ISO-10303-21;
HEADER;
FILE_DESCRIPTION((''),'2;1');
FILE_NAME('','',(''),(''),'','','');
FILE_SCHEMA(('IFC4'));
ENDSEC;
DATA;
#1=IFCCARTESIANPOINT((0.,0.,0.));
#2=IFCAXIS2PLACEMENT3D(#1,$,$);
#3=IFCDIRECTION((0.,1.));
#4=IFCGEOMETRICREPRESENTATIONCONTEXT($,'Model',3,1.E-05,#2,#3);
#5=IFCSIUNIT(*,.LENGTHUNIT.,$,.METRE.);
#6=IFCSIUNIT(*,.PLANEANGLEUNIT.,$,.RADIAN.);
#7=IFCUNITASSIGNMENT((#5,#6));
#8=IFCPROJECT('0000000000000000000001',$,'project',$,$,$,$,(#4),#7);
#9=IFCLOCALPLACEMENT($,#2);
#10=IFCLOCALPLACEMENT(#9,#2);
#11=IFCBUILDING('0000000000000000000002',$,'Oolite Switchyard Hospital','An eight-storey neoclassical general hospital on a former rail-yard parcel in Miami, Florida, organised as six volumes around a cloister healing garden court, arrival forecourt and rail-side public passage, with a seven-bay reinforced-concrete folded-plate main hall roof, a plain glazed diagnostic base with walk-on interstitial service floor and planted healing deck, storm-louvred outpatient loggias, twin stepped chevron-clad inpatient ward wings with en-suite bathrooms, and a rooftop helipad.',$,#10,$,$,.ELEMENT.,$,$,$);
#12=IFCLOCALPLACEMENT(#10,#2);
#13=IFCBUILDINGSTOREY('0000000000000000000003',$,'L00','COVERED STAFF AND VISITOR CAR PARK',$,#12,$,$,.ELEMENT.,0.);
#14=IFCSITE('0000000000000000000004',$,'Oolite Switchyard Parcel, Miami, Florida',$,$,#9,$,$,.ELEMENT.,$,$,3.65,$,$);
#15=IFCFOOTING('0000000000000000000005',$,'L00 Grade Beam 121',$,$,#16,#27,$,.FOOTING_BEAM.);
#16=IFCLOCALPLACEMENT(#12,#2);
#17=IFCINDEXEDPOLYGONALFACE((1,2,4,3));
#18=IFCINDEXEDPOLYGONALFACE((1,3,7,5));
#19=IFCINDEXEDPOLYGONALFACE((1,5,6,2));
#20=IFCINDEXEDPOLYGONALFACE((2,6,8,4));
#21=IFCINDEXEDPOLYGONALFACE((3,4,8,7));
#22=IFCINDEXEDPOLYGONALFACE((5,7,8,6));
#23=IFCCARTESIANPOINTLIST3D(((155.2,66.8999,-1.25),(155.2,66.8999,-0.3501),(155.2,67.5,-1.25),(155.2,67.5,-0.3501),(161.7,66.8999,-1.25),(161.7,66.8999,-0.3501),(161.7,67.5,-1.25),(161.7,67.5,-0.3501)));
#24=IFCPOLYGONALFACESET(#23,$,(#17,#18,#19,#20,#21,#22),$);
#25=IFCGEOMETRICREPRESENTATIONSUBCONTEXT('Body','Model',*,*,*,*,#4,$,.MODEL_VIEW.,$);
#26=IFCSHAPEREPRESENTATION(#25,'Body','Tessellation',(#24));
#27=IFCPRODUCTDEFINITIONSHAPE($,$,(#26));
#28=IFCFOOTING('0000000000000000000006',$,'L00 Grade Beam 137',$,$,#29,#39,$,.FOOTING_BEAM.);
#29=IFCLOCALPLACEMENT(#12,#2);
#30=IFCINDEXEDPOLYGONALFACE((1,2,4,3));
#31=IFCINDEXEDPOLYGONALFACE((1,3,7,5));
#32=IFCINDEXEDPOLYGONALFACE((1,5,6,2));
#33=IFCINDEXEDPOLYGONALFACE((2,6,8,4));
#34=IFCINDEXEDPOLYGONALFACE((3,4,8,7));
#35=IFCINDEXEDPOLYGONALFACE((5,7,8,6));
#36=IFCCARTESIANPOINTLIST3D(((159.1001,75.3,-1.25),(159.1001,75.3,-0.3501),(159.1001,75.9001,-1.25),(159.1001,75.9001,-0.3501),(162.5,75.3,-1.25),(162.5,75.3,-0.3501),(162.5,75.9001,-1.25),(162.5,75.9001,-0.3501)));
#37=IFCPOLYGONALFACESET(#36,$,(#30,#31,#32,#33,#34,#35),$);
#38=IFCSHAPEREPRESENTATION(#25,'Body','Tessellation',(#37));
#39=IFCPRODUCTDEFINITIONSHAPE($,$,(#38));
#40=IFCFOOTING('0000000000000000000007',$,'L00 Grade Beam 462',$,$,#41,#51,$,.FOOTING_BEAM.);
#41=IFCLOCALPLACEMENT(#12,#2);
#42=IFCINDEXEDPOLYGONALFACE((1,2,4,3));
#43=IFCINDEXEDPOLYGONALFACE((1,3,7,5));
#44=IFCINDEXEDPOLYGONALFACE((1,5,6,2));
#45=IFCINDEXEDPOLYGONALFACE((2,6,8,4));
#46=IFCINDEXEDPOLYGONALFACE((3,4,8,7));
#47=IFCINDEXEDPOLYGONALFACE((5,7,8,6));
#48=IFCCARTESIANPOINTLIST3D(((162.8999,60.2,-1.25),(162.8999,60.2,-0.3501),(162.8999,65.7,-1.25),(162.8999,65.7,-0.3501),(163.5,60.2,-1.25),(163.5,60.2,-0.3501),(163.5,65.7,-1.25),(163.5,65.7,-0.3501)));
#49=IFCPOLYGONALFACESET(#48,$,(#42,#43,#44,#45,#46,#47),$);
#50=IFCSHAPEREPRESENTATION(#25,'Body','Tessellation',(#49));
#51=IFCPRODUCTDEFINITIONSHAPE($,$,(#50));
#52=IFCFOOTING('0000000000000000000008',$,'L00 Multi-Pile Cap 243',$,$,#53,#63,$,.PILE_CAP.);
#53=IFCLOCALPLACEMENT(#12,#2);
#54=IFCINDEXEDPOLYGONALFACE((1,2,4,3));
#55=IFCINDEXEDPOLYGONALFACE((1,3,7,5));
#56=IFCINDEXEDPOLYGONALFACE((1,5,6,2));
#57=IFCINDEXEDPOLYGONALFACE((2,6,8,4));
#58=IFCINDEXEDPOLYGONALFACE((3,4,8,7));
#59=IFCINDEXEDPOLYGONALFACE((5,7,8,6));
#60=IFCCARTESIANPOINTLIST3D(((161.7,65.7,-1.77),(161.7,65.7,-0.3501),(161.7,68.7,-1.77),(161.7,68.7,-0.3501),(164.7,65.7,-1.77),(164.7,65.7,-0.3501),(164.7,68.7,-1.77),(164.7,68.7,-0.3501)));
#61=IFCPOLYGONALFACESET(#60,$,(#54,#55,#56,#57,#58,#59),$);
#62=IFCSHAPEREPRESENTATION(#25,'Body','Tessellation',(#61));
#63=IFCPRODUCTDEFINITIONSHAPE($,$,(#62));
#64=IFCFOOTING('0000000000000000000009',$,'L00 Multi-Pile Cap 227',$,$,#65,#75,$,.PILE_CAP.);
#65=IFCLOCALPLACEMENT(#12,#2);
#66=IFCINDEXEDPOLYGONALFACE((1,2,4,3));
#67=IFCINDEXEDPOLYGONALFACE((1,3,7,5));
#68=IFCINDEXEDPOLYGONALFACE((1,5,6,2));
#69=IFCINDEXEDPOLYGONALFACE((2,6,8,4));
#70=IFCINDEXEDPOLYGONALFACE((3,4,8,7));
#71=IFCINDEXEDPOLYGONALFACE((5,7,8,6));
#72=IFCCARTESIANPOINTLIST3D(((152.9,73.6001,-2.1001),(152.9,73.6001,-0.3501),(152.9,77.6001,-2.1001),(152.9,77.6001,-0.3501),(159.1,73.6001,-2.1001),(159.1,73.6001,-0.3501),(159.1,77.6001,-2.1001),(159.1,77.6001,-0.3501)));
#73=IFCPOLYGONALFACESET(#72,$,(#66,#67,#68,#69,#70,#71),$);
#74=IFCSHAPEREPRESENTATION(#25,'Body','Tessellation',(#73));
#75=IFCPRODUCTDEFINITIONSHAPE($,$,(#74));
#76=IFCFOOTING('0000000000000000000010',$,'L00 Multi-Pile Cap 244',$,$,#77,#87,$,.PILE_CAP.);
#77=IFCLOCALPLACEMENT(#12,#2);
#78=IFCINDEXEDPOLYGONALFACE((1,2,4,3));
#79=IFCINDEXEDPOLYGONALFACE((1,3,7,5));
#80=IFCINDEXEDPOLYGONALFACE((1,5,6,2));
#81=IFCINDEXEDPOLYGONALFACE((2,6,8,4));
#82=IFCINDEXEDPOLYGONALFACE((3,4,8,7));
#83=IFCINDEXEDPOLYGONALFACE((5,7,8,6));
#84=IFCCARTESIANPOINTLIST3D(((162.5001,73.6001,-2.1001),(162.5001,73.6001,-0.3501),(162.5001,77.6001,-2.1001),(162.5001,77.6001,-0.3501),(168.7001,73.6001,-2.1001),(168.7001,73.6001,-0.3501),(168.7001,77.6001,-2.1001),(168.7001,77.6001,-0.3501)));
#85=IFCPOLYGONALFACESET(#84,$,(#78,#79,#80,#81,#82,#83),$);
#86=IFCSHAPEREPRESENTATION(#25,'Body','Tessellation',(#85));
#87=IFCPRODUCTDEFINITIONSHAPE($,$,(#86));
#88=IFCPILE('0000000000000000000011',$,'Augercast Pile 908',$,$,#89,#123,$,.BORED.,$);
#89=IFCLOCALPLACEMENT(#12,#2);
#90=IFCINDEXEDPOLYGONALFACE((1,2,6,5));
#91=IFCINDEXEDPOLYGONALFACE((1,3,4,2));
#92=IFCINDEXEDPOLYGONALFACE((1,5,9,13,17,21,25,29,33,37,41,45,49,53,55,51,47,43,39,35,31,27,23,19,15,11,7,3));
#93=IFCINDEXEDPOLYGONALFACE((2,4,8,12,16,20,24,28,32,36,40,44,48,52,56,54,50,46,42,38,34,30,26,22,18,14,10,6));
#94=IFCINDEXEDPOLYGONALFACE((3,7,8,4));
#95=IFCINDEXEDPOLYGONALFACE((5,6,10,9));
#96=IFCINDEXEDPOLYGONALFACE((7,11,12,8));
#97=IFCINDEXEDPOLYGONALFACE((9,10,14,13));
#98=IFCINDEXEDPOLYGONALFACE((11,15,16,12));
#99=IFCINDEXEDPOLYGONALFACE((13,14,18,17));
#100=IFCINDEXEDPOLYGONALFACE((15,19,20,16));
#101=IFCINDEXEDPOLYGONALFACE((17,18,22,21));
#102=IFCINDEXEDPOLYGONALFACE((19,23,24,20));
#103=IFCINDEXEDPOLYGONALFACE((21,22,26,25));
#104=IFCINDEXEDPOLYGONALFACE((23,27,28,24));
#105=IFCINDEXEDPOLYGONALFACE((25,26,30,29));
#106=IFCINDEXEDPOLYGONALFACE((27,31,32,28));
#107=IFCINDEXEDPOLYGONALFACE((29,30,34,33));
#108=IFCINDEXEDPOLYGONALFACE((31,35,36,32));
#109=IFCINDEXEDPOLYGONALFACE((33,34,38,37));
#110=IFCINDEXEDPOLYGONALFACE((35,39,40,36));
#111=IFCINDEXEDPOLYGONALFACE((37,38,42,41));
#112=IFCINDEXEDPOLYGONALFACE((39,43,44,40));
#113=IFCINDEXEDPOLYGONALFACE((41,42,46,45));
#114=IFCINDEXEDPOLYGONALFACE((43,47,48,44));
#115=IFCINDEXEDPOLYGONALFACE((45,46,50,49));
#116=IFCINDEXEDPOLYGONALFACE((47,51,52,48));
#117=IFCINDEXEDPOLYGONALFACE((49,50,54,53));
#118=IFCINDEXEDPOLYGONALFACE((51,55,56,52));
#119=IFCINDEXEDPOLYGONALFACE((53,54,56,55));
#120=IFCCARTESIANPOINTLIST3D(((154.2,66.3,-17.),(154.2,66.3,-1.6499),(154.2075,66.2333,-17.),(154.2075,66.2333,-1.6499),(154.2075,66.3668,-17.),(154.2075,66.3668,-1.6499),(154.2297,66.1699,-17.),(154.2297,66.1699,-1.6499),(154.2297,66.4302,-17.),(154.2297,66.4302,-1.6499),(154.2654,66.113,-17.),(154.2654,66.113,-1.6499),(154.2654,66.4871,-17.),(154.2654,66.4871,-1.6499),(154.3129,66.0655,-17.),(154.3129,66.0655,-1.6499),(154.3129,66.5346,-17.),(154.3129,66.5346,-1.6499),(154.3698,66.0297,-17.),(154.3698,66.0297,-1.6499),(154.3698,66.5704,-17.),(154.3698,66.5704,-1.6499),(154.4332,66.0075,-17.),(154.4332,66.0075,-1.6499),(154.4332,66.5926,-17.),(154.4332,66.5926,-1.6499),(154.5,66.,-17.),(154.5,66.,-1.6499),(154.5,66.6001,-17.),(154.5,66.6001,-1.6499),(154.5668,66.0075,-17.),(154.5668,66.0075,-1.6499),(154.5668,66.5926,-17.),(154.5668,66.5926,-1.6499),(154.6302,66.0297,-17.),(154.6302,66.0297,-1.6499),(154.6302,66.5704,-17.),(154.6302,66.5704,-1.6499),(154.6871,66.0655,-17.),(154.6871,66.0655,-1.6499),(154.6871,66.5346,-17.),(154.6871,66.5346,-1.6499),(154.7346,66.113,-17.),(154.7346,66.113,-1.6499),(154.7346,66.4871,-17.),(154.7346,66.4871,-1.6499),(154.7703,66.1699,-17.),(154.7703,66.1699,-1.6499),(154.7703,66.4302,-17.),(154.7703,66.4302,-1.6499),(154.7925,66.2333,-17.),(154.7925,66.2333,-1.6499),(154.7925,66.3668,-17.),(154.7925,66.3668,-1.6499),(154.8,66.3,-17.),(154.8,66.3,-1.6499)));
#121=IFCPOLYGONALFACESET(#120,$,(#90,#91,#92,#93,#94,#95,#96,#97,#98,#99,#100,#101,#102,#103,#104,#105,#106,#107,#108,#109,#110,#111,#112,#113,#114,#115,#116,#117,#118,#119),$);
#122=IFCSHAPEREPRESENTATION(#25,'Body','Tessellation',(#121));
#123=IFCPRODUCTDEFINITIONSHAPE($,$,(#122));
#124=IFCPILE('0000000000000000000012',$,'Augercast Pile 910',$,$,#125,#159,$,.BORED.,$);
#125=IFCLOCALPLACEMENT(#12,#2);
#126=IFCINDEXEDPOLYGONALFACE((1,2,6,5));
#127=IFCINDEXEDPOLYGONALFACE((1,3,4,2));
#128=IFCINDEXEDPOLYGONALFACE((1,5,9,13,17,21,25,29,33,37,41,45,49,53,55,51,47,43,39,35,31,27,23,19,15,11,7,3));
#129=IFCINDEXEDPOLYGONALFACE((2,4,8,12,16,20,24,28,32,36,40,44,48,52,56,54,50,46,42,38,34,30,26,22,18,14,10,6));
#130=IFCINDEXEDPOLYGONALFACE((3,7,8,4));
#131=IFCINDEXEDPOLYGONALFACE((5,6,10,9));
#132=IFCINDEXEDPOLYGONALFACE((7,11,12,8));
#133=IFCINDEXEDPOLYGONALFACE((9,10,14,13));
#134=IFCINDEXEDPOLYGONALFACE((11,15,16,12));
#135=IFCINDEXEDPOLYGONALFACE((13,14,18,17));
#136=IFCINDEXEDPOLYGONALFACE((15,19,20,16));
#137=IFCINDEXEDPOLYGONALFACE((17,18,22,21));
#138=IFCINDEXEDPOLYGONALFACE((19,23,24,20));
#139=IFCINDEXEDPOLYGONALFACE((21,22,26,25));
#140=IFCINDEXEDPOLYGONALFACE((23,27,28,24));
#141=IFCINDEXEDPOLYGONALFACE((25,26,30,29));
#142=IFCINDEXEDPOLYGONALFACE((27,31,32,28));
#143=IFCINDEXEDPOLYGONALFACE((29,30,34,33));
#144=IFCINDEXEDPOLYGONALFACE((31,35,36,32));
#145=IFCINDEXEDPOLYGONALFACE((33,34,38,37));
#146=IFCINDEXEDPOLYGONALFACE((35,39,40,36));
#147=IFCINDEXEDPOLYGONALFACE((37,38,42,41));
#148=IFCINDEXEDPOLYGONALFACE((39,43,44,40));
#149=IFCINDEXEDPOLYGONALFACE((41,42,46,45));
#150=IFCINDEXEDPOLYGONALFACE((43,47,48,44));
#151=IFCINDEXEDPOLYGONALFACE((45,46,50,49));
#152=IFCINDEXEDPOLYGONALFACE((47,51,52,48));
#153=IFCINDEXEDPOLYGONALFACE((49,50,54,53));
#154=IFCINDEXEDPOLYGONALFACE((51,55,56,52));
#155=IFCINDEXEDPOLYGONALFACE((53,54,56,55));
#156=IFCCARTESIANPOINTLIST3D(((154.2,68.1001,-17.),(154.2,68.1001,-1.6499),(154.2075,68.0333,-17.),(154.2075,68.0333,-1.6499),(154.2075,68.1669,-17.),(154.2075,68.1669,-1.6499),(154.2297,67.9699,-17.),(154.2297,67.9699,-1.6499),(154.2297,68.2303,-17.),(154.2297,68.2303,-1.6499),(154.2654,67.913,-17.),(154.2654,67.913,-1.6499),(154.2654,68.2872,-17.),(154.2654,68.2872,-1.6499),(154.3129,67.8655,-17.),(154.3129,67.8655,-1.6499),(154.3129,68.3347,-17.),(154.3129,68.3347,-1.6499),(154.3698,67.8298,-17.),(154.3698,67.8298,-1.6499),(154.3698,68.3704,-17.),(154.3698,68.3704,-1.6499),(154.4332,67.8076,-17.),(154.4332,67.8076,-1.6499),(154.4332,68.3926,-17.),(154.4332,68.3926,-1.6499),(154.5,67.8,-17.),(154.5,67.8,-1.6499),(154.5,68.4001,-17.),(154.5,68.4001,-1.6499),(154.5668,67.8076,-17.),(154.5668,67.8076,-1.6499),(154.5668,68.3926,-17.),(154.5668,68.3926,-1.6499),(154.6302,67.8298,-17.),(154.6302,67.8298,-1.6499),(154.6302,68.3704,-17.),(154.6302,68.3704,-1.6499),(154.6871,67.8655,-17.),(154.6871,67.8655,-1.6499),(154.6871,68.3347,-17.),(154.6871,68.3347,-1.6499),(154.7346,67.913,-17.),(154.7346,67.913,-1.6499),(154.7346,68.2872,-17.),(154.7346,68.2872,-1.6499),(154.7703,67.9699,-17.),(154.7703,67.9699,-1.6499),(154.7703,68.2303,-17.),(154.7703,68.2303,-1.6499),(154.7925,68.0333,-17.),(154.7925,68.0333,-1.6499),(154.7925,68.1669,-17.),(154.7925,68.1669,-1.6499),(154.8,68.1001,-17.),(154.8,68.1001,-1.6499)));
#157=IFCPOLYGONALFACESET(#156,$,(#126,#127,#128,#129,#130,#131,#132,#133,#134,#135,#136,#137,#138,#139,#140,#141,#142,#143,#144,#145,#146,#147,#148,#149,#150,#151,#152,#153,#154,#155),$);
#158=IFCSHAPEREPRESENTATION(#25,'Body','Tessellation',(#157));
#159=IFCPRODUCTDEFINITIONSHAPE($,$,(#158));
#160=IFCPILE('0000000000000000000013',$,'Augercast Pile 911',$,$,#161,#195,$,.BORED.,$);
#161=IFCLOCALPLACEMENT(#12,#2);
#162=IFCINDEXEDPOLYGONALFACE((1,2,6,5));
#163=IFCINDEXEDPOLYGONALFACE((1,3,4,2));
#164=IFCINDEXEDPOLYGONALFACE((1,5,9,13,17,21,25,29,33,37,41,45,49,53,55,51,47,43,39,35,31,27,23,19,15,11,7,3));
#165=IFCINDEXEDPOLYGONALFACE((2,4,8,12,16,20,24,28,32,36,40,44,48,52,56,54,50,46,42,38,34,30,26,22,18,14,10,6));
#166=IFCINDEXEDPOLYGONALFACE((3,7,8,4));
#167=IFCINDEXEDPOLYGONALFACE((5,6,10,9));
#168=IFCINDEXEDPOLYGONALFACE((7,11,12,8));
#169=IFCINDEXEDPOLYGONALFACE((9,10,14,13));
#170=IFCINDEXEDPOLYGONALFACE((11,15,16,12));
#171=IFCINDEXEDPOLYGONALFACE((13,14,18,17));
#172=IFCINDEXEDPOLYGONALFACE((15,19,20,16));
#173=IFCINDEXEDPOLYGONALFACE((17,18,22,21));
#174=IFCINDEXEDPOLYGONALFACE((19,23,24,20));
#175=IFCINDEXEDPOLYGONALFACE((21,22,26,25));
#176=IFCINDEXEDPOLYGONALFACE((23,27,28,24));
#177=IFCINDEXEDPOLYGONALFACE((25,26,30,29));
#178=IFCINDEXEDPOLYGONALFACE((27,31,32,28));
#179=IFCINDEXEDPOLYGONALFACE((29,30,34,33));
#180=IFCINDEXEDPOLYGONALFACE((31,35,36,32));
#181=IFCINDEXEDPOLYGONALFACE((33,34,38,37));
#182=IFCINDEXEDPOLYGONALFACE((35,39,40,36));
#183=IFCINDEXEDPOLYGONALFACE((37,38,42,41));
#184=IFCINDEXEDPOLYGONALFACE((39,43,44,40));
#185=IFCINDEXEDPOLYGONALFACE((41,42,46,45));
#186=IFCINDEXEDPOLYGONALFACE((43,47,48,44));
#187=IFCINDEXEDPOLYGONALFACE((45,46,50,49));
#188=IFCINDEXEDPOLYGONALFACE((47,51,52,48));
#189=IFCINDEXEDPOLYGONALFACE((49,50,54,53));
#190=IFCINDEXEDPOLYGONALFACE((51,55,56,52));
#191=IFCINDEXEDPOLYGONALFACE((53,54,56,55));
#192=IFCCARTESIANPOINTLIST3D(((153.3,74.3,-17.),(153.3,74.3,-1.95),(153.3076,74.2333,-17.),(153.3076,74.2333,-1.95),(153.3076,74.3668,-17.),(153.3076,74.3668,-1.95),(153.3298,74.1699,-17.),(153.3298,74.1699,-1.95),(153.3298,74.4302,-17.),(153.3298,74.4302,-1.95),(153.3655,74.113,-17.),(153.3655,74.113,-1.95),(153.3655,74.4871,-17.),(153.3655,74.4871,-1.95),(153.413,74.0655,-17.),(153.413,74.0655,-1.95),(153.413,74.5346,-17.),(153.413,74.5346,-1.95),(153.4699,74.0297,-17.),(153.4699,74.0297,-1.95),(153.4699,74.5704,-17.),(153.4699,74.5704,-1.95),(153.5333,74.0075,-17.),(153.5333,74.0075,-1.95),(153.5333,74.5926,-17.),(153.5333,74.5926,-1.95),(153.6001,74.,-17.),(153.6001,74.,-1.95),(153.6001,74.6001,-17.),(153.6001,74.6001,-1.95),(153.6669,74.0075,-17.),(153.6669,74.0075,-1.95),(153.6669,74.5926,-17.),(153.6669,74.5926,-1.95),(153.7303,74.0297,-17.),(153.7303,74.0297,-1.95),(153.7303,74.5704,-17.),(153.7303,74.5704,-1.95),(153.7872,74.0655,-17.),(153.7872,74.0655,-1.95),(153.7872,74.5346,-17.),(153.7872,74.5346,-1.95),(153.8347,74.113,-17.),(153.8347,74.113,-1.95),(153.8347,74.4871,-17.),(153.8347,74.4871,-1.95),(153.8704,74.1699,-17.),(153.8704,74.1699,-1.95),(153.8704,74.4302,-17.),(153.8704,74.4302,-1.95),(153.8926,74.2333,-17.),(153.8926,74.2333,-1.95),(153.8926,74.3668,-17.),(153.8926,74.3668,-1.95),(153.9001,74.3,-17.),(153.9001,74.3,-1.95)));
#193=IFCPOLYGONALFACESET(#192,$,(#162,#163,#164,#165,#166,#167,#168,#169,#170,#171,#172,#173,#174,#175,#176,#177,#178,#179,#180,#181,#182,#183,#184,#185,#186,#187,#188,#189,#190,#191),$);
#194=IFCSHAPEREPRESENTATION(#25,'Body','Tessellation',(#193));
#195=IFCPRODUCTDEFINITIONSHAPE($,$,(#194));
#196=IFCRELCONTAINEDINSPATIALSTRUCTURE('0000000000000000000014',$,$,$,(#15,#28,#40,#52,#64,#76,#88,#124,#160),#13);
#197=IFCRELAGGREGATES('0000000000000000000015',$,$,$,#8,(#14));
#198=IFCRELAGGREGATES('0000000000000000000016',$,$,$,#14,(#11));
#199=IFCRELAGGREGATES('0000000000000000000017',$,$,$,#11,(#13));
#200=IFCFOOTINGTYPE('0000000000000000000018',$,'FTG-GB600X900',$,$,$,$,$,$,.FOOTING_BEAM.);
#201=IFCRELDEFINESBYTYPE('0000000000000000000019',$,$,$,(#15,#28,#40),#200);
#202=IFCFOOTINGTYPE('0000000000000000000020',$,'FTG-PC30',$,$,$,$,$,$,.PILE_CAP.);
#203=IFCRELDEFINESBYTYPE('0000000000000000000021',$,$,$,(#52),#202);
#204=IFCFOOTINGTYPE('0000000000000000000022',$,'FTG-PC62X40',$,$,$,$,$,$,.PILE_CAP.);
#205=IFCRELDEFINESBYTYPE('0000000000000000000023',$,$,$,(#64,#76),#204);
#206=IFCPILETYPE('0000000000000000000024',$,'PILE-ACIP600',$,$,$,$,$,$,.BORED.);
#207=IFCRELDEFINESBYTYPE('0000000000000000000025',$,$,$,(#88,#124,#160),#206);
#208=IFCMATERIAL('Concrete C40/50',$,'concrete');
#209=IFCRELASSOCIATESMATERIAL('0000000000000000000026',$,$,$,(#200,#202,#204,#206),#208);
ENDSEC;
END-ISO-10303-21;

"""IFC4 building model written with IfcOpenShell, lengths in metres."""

from ifc_helpers import new_model, si_unit, direction, frame, origin, origin_2d, place, context, subcontext, project, spatial, rectangle, circle, extrude, material, material_profile, profile_set, type_object, element, save


model = new_model("IFC4")

# Units and contexts
model_context = context("Model", 3, precision=1e-05, world=origin(), true_north=direction((0.0, 1.0)))
body_context = subcontext(model_context, "Body", "Model", "MODEL_VIEW")
ifc_project = project(units=[si_unit("LENGTHUNIT", "METRE"), si_unit("PLANEANGLEUNIT", "RADIAN")], contexts=[model_context])

# Site, building, storey
site_placement = place(None, origin())
site = spatial("IfcSite", under=ifc_project, at=site_placement, Name="Oolite Switchyard Parcel, Miami, Florida", CompositionType="ELEMENT", RefElevation=3.65)
building_placement = place(site_placement, origin())
building = spatial("IfcBuilding", under=site, at=building_placement, Name="Oolite Switchyard Hospital", Description="An eight-storey neoclassical general hospital on a former rail-yard parcel in Miami, Florida, organised as six volumes around a cloister healing garden court, arrival forecourt and rail-side public passage, with a seven-bay reinforced-concrete folded-plate main hall roof, a plain glazed diagnostic base with walk-on interstitial service floor and planted healing deck, storm-louvred outpatient loggias, twin stepped chevron-clad inpatient ward wings with en-suite bathrooms, and a rooftop helipad.", CompositionType="ELEMENT")
storey_placement = place(building_placement, origin())
storey = spatial("IfcBuildingStorey", under=building, at=storey_placement, Name="L00", Description="COVERED STAFF AND VISITOR CAR PARK", CompositionType="ELEMENT", Elevation=0.0)

# Footings
ifc_material_1 = material(Name="Concrete C40/50", Category="concrete")
footing_type_1 = type_object("IfcFootingType", Name="FTG-GB600X900", PredefinedType="FOOTING_BEAM", material=ifc_material_1)
footing_1_placement = place(storey_placement, frame((158.45, 67.2, -1.25), z_axis=(0.0, 0.0, 1.0), x_axis=(1.0, 0.0, 0.0)))
element("IfcFooting", 1, at=footing_1_placement, inside=storey, type_object=footing_type_1, Name="L00 Grade Beam 121", PredefinedType="FOOTING_BEAM", context=body_context, shape_type="SweptSolid", body=[
    extrude(rectangle(XDim=6.5, YDim=0.6001, at=origin_2d()), origin(), (0.0, 0.0, 1.0), 0.8999),
])
footing_2_placement = place(storey_placement, frame((160.8, 75.6001, -1.25), z_axis=(0.0, 0.0, 1.0), x_axis=(1.0, 0.0, 0.0)))
element("IfcFooting", 2, at=footing_2_placement, inside=storey, type_object=footing_type_1, Name="L00 Grade Beam 137", PredefinedType="FOOTING_BEAM", context=body_context, shape_type="SweptSolid", body=[
    extrude(rectangle(XDim=3.3999, YDim=0.6001, at=origin_2d()), origin(), (0.0, 0.0, 1.0), 0.8999),
])
footing_3_placement = place(storey_placement, frame((163.2, 62.95, -1.25), z_axis=(0.0, 0.0, 1.0), x_axis=(0.0, 1.0, 0.0)))
element("IfcFooting", 3, at=footing_3_placement, inside=storey, type_object=footing_type_1, Name="L00 Grade Beam 462", PredefinedType="FOOTING_BEAM", context=body_context, shape_type="SweptSolid", body=[
    extrude(rectangle(XDim=5.5, YDim=0.6001, at=origin_2d()), origin(), (0.0, 0.0, 1.0), 0.8999),
])
footing_type_2 = type_object("IfcFootingType", Name="FTG-PC30", PredefinedType="PILE_CAP", material=ifc_material_1)
footing_4_placement = place(storey_placement, frame((163.2, 67.2, -1.77), z_axis=(0.0, 0.0, 1.0), x_axis=(1.0, 0.0, 0.0)))
element("IfcFooting", 4, at=footing_4_placement, inside=storey, type_object=footing_type_2, Name="L00 Multi-Pile Cap 243", PredefinedType="PILE_CAP", context=body_context, shape_type="SweptSolid", body=[
    extrude(rectangle(XDim=3.0, YDim=3.0, at=origin_2d()), origin(), (0.0, 0.0, 1.0), 1.4199),
])
footing_type_3 = type_object("IfcFootingType", Name="FTG-PC62X40", PredefinedType="PILE_CAP", material=ifc_material_1)
for number, where, z_axis, x_axis, name in (
    (5, (156.0, 75.6001, -2.1001), (0.0, 0.0, 1.0), (1.0, 0.0, 0.0), "L00 Multi-Pile Cap 227"),
    (6, (165.6001, 75.6001, -2.1001), (0.0, 0.0, 1.0), (1.0, 0.0, 0.0), "L00 Multi-Pile Cap 244"),
):
    element("IfcFooting", number, at=place(storey_placement, frame(where, z_axis=z_axis, x_axis=x_axis)), inside=storey, type_object=footing_type_3, Name=name, PredefinedType="PILE_CAP", context=body_context, shape_type="SweptSolid", body=[
        extrude(rectangle(XDim=6.2, YDim=4.0, at=origin_2d()), origin(), (0.0, 0.0, 1.0), 1.75),
    ])

# Piles
ifc_material_profile_1 = material_profile(ifc_material_1, circle(Radius=0.3, at=origin_2d()), Name="PILE600")
ifc_profile_set_1 = profile_set([ifc_material_profile_1], Name="Concrete C40/50")
pile_type = type_object("IfcPileType", Name="PILE-ACIP600", PredefinedType="BORED", material=ifc_profile_set_1)
for number, where, z_axis, x_axis, name in (
    (7, (154.5, 66.3, -1.6499), (0.0, 0.0, -1.0), (1.0, 0.0, 0.0), "Augercast Pile 908"),
    (8, (154.5, 68.1001, -1.6499), (0.0, 0.0, -1.0), (1.0, 0.0, 0.0), "Augercast Pile 910"),
):
    element("IfcPile", number, at=place(storey_placement, frame(where, z_axis=z_axis, x_axis=x_axis)), inside=storey, type_object=pile_type, Name=name, PredefinedType="BORED", context=body_context, shape_type="SweptSolid", body=[
        extrude(circle(Radius=0.3, at=origin_2d()), origin(), (0.0, 0.0, 1.0), 15.3501),
    ])
for number, where, z_axis, x_axis, name in (
    (9, (153.6001, 74.3, -1.95), (0.0, 0.0, -1.0), (1.0, 0.0, 0.0), "Augercast Pile 911"),
):
    element("IfcPile", number, at=place(storey_placement, frame(where, z_axis=z_axis, x_axis=x_axis)), inside=storey, type_object=pile_type, Name=name, PredefinedType="BORED", context=body_context, shape_type="SweptSolid", body=[
        extrude(circle(Radius=0.3, at=origin_2d()), origin(), (0.0, 0.0, 1.0), 15.05),
    ])

save(model, "model.ifc")
